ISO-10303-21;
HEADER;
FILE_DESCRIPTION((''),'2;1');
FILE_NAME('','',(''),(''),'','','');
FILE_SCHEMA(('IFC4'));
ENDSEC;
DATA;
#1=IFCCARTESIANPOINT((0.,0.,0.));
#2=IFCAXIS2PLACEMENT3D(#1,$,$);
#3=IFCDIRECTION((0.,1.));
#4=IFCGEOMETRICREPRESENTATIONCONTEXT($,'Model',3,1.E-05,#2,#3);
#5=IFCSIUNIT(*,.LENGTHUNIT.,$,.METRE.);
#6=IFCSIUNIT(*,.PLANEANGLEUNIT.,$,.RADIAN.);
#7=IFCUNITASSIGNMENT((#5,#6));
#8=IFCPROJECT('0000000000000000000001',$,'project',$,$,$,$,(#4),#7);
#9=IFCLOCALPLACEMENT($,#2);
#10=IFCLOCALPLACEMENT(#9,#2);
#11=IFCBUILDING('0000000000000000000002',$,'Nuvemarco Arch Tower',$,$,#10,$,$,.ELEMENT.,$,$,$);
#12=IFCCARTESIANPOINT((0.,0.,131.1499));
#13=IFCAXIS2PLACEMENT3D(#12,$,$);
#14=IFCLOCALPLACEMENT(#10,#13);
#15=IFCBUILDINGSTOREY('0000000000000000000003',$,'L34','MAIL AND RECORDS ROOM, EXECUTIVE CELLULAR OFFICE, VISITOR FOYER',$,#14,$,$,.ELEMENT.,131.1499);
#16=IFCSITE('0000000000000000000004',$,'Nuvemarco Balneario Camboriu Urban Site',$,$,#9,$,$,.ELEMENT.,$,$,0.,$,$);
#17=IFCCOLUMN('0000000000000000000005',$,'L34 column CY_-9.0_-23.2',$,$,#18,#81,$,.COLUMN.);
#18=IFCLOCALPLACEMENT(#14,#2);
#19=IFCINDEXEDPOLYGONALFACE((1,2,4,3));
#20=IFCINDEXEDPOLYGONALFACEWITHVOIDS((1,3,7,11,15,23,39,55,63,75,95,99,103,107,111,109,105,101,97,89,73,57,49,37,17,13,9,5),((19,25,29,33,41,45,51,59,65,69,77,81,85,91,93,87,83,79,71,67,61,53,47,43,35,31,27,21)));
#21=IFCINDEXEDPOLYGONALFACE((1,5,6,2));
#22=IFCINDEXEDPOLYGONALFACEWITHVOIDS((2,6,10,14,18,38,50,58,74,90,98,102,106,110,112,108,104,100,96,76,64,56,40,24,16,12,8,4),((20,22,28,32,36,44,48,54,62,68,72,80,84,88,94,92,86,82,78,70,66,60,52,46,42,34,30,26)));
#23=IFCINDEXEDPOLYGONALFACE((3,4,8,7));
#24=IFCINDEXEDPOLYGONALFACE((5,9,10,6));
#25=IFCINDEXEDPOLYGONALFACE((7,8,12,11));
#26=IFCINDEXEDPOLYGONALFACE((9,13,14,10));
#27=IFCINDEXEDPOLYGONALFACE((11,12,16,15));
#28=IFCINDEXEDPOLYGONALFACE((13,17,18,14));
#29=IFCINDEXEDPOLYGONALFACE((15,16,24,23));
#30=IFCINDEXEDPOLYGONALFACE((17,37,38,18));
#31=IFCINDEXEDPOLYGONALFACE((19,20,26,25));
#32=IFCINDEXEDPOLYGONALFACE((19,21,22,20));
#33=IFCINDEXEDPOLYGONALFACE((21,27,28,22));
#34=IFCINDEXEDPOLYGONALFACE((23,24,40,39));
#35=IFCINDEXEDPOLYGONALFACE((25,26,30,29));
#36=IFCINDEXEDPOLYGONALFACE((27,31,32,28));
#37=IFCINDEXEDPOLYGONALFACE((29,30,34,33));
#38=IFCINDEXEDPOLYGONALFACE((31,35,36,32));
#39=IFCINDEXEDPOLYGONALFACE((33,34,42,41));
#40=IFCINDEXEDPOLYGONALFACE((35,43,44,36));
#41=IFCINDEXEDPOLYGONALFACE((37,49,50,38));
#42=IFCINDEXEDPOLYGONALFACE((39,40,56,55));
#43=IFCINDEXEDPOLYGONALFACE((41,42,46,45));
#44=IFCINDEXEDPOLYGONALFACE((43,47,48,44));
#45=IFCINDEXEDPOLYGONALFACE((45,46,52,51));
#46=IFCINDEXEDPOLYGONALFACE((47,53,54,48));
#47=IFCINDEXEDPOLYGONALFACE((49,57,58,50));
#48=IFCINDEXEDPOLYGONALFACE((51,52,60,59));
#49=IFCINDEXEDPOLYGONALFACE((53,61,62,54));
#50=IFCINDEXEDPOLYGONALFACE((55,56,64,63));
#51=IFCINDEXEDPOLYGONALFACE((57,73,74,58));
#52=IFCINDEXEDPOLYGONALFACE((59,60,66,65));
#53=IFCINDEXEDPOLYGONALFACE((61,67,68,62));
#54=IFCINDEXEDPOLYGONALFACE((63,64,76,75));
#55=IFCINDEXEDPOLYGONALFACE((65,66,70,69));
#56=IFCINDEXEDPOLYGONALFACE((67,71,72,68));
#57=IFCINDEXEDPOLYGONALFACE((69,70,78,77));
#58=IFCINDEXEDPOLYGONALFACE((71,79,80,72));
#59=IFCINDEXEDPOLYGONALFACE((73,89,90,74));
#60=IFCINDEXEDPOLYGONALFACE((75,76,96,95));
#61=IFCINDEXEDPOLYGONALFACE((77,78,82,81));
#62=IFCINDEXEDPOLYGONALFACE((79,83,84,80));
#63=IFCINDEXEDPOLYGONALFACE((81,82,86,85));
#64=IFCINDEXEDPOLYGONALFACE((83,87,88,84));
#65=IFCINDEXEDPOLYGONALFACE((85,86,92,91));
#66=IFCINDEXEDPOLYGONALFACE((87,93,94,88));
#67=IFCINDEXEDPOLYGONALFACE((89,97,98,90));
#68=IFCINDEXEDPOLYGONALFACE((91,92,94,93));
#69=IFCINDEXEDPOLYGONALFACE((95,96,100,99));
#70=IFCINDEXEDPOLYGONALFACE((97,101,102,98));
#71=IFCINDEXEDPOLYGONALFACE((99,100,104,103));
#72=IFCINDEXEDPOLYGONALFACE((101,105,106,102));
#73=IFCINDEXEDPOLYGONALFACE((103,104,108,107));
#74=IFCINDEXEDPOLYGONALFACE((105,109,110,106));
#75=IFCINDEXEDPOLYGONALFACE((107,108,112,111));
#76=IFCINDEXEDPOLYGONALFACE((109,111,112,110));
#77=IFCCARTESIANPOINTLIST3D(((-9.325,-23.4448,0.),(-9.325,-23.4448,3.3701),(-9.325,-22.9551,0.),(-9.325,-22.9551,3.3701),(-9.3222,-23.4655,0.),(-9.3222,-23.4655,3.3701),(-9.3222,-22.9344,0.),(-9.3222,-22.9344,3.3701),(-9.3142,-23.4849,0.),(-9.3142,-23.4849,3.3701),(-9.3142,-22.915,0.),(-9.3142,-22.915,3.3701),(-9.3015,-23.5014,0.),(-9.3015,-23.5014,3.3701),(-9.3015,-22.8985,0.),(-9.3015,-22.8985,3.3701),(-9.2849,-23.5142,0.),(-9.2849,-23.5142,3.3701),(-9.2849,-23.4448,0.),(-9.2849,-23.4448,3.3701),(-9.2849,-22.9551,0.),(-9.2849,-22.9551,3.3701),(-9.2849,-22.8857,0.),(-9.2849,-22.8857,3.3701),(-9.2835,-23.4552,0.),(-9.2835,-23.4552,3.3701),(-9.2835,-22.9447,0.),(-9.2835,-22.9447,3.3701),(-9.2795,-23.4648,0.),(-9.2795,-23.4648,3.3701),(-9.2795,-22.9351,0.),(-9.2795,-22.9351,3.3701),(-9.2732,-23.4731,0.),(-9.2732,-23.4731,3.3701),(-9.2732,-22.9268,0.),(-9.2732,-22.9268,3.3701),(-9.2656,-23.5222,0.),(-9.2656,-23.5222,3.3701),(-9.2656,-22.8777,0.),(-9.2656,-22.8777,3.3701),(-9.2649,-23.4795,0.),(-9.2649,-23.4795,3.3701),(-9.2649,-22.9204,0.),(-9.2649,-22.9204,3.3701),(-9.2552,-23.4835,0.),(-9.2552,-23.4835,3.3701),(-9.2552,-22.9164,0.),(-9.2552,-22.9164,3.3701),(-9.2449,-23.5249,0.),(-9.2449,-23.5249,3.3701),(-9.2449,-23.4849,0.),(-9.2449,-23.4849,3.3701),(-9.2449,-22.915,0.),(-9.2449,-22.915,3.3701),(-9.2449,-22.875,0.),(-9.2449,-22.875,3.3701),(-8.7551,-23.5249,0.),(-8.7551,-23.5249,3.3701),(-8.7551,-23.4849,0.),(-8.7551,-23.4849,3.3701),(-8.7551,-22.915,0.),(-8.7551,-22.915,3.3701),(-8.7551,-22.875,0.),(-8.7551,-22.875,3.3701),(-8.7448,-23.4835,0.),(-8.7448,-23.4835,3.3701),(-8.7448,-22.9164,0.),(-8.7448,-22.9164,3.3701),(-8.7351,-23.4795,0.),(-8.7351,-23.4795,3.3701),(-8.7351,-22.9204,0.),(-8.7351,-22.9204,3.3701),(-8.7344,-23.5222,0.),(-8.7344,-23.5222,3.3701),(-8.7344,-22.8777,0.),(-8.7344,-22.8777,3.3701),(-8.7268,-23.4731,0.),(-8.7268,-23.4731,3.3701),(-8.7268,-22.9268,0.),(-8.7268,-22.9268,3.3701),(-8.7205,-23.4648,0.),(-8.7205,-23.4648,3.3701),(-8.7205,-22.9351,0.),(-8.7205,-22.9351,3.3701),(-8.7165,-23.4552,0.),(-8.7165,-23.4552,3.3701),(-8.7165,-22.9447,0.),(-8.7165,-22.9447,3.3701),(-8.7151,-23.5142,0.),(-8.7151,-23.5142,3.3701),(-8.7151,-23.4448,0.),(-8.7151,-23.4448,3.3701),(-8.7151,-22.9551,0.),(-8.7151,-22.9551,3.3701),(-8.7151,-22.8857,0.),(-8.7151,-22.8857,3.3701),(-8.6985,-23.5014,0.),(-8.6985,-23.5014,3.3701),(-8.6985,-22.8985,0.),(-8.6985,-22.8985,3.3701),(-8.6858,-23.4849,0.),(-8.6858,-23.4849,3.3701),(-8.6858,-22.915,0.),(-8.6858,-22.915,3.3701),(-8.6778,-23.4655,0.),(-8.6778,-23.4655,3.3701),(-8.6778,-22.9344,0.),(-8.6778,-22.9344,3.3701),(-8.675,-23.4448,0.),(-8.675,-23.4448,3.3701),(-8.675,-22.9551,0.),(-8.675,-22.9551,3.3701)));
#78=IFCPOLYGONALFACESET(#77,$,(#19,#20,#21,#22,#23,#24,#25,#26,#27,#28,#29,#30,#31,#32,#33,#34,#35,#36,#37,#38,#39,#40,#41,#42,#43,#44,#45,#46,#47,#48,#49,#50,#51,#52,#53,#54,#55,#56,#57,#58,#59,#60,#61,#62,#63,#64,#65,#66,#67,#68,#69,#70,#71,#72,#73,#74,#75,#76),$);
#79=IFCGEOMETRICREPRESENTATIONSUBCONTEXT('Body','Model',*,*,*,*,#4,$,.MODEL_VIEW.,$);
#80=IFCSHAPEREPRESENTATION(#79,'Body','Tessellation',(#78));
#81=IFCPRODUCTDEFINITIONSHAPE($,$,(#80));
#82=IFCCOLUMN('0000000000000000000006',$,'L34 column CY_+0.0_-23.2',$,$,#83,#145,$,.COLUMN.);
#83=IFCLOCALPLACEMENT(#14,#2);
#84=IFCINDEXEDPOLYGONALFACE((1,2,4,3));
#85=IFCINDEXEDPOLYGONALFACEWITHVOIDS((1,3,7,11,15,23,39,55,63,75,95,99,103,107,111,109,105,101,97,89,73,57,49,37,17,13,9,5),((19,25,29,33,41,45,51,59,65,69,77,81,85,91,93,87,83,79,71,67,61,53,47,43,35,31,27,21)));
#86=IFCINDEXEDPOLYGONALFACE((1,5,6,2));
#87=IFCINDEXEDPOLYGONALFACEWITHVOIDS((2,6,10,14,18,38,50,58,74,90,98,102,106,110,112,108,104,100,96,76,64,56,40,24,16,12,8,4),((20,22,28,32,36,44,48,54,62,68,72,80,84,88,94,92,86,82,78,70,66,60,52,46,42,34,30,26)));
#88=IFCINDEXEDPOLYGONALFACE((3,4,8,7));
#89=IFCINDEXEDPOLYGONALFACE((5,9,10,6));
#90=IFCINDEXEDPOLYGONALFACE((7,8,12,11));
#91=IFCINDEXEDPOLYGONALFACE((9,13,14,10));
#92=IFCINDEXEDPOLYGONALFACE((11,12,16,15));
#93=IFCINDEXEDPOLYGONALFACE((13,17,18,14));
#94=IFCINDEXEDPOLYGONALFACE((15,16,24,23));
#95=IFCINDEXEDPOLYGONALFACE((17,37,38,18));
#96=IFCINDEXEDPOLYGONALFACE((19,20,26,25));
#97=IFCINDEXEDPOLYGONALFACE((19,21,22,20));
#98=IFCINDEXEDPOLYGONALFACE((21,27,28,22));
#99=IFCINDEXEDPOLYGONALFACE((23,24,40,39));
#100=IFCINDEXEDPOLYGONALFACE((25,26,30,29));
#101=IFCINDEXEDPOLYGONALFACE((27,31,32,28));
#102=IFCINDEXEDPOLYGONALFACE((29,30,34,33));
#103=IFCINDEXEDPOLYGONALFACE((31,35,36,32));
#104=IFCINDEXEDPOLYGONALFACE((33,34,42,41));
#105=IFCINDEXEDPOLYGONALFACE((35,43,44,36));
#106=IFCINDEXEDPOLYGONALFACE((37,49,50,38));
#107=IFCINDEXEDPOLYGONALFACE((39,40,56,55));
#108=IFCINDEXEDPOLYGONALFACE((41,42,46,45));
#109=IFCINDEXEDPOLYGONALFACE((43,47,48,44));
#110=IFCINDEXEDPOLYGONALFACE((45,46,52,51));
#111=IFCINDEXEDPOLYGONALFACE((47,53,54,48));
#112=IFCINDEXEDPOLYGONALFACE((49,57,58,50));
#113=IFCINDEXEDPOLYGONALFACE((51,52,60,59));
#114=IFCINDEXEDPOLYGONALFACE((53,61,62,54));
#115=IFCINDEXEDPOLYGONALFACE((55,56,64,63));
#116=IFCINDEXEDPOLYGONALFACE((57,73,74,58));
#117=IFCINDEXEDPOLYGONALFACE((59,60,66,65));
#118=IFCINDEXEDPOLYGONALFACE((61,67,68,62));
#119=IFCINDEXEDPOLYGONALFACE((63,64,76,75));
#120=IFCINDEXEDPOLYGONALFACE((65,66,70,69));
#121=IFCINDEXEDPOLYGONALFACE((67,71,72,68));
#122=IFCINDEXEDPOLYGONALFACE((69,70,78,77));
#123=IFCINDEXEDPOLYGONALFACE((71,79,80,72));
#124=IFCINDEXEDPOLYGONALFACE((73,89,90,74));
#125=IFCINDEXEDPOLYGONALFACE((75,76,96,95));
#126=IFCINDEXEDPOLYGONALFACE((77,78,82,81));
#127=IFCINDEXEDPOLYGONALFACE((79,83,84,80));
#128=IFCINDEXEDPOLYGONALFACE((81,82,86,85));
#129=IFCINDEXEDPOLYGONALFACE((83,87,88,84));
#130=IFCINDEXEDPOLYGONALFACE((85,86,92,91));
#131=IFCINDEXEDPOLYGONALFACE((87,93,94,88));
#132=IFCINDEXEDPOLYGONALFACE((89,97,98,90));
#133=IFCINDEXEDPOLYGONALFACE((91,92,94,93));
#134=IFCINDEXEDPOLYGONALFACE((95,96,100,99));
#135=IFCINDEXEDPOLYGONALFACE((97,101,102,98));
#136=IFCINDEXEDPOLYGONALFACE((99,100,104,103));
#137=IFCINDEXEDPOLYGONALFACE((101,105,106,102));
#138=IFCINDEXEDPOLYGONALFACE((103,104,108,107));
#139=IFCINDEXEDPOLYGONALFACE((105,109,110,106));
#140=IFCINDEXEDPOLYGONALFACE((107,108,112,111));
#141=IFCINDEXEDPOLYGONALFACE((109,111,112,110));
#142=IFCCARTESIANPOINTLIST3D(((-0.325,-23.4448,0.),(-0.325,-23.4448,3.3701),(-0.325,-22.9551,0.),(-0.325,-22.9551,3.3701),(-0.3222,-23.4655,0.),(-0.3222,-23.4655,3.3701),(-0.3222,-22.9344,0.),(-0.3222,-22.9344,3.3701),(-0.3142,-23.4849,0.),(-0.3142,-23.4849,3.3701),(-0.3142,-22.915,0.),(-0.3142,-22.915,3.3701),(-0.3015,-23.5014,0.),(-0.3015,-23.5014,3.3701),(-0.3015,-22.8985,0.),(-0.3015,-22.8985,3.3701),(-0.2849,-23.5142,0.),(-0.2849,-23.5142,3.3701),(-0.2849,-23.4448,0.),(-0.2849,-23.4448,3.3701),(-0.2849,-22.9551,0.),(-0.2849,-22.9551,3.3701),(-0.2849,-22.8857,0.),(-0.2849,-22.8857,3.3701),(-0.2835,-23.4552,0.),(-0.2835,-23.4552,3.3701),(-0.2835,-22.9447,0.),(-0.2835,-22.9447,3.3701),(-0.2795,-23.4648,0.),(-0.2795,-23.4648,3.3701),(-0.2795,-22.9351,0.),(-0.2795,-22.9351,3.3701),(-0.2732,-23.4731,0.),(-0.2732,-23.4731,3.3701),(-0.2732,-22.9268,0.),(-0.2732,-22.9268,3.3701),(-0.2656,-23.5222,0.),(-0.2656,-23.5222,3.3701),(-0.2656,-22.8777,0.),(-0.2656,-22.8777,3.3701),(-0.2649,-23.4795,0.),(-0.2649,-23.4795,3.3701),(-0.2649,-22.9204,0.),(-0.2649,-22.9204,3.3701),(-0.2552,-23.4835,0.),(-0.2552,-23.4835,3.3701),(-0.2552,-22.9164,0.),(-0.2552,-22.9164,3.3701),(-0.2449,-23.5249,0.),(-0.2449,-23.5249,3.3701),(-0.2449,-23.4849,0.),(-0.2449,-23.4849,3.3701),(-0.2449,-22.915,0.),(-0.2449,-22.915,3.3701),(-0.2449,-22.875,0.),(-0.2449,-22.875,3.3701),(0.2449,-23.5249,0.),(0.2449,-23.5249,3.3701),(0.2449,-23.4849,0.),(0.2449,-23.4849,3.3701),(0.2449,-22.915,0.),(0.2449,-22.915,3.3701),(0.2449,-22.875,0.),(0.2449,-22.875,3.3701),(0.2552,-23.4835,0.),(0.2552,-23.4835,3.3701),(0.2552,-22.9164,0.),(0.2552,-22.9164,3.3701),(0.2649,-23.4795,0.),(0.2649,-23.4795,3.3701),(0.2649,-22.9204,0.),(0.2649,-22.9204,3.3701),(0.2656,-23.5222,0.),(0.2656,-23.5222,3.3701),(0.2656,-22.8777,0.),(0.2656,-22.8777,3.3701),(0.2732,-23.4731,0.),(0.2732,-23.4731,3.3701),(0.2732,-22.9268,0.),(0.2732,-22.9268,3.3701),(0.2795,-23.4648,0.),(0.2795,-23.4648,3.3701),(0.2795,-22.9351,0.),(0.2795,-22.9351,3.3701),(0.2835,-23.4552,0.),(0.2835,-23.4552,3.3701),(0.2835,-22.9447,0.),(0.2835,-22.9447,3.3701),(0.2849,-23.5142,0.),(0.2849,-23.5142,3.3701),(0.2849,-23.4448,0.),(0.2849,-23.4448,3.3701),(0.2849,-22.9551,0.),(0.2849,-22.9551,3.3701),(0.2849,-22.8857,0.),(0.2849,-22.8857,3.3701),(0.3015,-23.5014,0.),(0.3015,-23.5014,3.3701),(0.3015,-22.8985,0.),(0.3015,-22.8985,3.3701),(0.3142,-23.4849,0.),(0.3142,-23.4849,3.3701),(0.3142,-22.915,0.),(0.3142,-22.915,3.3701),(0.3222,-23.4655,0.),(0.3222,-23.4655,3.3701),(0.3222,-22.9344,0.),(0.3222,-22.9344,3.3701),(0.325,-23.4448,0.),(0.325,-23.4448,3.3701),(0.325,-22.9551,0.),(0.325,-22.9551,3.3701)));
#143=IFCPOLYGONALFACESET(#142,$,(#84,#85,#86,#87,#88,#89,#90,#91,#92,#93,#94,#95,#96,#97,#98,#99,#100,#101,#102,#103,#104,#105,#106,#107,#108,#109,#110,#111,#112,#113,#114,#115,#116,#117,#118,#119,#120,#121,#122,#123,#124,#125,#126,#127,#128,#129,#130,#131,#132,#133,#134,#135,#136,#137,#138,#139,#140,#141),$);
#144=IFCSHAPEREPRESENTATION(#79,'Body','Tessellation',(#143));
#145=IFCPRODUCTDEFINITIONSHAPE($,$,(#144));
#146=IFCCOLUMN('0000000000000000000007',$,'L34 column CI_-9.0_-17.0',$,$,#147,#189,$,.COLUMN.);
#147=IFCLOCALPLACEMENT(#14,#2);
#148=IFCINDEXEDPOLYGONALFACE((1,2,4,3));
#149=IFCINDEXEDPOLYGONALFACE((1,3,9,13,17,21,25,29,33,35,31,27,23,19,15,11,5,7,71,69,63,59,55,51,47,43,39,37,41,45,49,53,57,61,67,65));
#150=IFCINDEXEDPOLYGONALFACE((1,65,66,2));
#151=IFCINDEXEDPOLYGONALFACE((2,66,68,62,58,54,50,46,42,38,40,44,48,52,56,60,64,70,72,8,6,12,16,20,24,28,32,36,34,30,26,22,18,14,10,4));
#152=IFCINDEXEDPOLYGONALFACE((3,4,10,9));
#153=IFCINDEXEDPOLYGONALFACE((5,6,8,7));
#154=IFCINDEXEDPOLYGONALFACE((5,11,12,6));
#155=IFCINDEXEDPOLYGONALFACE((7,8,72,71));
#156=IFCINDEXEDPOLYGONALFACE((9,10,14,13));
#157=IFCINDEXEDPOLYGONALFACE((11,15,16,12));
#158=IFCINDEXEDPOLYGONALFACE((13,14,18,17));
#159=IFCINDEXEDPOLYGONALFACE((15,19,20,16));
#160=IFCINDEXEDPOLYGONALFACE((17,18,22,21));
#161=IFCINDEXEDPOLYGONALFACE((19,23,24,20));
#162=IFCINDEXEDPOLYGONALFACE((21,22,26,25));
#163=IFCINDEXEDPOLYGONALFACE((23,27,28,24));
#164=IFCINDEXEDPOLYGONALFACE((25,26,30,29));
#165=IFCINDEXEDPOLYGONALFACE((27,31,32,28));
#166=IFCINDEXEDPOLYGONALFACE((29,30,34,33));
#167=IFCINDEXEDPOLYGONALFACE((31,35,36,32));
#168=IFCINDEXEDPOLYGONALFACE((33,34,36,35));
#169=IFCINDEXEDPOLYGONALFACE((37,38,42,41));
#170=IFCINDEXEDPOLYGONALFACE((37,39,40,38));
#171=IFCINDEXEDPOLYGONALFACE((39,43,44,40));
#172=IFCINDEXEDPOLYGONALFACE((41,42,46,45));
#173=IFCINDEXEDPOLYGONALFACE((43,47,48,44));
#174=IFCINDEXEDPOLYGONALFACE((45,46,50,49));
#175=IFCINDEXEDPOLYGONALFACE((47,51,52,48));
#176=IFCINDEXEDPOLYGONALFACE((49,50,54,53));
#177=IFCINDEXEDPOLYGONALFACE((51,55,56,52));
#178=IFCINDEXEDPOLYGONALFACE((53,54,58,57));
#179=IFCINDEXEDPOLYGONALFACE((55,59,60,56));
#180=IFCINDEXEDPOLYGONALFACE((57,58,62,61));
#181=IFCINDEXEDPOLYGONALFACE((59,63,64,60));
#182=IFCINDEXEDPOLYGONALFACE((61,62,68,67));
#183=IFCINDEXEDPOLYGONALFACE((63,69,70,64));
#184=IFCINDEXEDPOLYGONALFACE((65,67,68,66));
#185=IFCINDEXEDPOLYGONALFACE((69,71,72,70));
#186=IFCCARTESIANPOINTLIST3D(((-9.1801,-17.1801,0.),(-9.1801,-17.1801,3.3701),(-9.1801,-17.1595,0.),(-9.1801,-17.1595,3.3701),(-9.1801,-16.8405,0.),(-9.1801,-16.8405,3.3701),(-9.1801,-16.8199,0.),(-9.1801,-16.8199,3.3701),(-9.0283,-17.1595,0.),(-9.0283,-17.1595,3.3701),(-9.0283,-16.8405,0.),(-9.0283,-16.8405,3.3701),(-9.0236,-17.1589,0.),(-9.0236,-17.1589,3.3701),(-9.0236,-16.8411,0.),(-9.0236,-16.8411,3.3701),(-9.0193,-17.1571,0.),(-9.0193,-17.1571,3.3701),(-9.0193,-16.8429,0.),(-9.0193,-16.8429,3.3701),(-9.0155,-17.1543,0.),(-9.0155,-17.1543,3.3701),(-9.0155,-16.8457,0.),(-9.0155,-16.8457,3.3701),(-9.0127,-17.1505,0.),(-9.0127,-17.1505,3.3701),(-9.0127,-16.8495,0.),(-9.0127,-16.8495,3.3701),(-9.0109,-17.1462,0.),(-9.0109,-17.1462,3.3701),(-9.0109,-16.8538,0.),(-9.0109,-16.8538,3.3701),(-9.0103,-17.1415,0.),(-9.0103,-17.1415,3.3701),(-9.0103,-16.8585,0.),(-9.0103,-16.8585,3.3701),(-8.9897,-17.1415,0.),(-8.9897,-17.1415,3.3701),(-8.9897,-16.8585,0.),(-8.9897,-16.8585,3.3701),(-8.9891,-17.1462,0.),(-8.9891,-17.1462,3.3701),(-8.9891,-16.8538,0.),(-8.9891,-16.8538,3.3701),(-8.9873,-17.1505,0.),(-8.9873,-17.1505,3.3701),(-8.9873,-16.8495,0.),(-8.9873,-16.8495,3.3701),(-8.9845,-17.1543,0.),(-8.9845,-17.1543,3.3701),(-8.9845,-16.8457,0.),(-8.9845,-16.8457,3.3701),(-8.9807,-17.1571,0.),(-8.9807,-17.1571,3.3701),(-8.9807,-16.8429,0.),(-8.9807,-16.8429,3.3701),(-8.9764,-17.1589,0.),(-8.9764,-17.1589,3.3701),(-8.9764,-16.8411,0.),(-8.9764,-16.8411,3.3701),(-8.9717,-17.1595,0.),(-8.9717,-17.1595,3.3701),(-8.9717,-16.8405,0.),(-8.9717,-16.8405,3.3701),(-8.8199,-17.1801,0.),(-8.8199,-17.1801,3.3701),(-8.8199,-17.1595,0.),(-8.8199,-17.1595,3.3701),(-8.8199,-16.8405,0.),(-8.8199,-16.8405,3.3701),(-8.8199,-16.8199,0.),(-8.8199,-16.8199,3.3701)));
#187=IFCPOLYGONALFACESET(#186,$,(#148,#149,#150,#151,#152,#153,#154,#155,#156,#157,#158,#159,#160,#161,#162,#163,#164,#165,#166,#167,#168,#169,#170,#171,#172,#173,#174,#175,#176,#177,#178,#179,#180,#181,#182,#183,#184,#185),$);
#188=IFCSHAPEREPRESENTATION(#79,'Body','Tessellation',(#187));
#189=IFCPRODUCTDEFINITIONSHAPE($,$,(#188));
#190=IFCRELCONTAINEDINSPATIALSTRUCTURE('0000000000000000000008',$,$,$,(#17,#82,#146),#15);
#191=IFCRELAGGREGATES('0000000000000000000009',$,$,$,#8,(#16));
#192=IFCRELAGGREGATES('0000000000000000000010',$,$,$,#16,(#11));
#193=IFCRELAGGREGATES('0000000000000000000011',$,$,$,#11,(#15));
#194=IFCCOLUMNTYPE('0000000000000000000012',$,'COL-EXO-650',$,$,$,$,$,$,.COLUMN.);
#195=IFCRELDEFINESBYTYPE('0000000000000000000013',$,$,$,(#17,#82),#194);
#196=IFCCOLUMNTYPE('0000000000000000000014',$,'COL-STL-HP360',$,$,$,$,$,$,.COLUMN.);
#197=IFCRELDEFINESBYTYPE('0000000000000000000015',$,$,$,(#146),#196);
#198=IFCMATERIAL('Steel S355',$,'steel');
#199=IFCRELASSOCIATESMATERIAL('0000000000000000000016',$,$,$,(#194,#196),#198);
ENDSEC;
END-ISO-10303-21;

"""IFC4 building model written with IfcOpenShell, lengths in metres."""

from ifc_helpers import new_model, si_unit, direction, frame, origin, origin_2d, place, context, subcontext, project, spatial, hollow_rectangle, i_section, extrude, material, material_profile, profile_set, type_object, element, save


model = new_model("IFC4")

# Units and contexts
model_context = context("Model", 3, precision=1e-05, world=origin(), true_north=direction((0.0, 1.0)))
body_context = subcontext(model_context, "Body", "Model", "MODEL_VIEW")
ifc_project = project(units=[si_unit("LENGTHUNIT", "METRE"), si_unit("PLANEANGLEUNIT", "RADIAN")], contexts=[model_context])

# Site, building, storey
site_placement = place(None, origin())
site = spatial("IfcSite", under=ifc_project, at=site_placement, Name="Nuvemarco Balneario Camboriu Urban Site", CompositionType="ELEMENT", RefElevation=0.0)
building_placement = place(site_placement, origin())
building = spatial("IfcBuilding", under=site, at=building_placement, Name="Nuvemarco Arch Tower", CompositionType="ELEMENT")
storey_placement = place(building_placement, frame((0.0, 0.0, 131.1499)))
storey = spatial("IfcBuildingStorey", under=building, at=storey_placement, Name="L34", Description="MAIL AND RECORDS ROOM, EXECUTIVE CELLULAR OFFICE, VISITOR FOYER", CompositionType="ELEMENT", Elevation=131.1499)

# Columns
ifc_material_1 = material(Name="Steel S355", Category="steel")
ifc_material_profile_1 = material_profile(ifc_material_1, hollow_rectangle(XDim=0.6499, YDim=0.6499, WallThickness=0.04, InnerFilletRadius=0.04, OuterFilletRadius=0.0801, at=origin_2d()), Name="SHS650x650x40")
ifc_profile_set_1 = profile_set([ifc_material_profile_1], Name="Steel S355")
column_type_1 = type_object("IfcColumnType", Name="COL-EXO-650", PredefinedType="COLUMN", material=ifc_profile_set_1)
for number, where, z_axis, x_axis, name in (
    (1, (-9.0, -23.2, 0.0), (0.0, 0.0, 1.0), (1.0, 0.0, 0.0), "L34 column CY_-9.0_-23.2"),
    (2, (0.0, -23.2, 0.0), (0.0, 0.0, 1.0), (1.0, 0.0, 0.0), "L34 column CY_+0.0_-23.2"),
):
    element("IfcColumn", number, at=place(storey_placement, frame(where, z_axis=z_axis, x_axis=x_axis)), inside=storey, type_object=column_type_1, Name=name, PredefinedType="COLUMN", context=body_context, shape_type="SweptSolid", body=[
        extrude(hollow_rectangle(XDim=0.6499, YDim=0.6499, WallThickness=0.04, InnerFilletRadius=0.04, OuterFilletRadius=0.0801, at=origin_2d()), origin(), (0.0, 0.0, 1.0), 3.3701),
    ])
ifc_material_profile_2 = material_profile(ifc_material_1, i_section(OverallWidth=0.3601, OverallDepth=0.3601, WebThickness=0.0205, FlangeThickness=0.0205, FilletRadius=0.0181, at=origin_2d()), Name="HP360x174")
ifc_profile_set_2 = profile_set([ifc_material_profile_2], Name="Steel S355")
column_type_2 = type_object("IfcColumnType", Name="COL-STL-HP360", PredefinedType="COLUMN", material=ifc_profile_set_2)
column_placement = place(storey_placement, frame((-9.0, -17.0, 0.0), z_axis=(0.0, 0.0, 1.0), x_axis=(1.0, 0.0, 0.0)))
element("IfcColumn", 3, at=column_placement, inside=storey, type_object=column_type_2, Name="L34 column CI_-9.0_-17.0", PredefinedType="COLUMN", context=body_context, shape_type="SweptSolid", body=[
    extrude(i_section(OverallWidth=0.3601, OverallDepth=0.3601, WebThickness=0.0205, FlangeThickness=0.0205, FilletRadius=0.0181, at=origin_2d()), origin(), (0.0, 0.0, 1.0), 3.3701),
])

save(model, "model.ifc")
